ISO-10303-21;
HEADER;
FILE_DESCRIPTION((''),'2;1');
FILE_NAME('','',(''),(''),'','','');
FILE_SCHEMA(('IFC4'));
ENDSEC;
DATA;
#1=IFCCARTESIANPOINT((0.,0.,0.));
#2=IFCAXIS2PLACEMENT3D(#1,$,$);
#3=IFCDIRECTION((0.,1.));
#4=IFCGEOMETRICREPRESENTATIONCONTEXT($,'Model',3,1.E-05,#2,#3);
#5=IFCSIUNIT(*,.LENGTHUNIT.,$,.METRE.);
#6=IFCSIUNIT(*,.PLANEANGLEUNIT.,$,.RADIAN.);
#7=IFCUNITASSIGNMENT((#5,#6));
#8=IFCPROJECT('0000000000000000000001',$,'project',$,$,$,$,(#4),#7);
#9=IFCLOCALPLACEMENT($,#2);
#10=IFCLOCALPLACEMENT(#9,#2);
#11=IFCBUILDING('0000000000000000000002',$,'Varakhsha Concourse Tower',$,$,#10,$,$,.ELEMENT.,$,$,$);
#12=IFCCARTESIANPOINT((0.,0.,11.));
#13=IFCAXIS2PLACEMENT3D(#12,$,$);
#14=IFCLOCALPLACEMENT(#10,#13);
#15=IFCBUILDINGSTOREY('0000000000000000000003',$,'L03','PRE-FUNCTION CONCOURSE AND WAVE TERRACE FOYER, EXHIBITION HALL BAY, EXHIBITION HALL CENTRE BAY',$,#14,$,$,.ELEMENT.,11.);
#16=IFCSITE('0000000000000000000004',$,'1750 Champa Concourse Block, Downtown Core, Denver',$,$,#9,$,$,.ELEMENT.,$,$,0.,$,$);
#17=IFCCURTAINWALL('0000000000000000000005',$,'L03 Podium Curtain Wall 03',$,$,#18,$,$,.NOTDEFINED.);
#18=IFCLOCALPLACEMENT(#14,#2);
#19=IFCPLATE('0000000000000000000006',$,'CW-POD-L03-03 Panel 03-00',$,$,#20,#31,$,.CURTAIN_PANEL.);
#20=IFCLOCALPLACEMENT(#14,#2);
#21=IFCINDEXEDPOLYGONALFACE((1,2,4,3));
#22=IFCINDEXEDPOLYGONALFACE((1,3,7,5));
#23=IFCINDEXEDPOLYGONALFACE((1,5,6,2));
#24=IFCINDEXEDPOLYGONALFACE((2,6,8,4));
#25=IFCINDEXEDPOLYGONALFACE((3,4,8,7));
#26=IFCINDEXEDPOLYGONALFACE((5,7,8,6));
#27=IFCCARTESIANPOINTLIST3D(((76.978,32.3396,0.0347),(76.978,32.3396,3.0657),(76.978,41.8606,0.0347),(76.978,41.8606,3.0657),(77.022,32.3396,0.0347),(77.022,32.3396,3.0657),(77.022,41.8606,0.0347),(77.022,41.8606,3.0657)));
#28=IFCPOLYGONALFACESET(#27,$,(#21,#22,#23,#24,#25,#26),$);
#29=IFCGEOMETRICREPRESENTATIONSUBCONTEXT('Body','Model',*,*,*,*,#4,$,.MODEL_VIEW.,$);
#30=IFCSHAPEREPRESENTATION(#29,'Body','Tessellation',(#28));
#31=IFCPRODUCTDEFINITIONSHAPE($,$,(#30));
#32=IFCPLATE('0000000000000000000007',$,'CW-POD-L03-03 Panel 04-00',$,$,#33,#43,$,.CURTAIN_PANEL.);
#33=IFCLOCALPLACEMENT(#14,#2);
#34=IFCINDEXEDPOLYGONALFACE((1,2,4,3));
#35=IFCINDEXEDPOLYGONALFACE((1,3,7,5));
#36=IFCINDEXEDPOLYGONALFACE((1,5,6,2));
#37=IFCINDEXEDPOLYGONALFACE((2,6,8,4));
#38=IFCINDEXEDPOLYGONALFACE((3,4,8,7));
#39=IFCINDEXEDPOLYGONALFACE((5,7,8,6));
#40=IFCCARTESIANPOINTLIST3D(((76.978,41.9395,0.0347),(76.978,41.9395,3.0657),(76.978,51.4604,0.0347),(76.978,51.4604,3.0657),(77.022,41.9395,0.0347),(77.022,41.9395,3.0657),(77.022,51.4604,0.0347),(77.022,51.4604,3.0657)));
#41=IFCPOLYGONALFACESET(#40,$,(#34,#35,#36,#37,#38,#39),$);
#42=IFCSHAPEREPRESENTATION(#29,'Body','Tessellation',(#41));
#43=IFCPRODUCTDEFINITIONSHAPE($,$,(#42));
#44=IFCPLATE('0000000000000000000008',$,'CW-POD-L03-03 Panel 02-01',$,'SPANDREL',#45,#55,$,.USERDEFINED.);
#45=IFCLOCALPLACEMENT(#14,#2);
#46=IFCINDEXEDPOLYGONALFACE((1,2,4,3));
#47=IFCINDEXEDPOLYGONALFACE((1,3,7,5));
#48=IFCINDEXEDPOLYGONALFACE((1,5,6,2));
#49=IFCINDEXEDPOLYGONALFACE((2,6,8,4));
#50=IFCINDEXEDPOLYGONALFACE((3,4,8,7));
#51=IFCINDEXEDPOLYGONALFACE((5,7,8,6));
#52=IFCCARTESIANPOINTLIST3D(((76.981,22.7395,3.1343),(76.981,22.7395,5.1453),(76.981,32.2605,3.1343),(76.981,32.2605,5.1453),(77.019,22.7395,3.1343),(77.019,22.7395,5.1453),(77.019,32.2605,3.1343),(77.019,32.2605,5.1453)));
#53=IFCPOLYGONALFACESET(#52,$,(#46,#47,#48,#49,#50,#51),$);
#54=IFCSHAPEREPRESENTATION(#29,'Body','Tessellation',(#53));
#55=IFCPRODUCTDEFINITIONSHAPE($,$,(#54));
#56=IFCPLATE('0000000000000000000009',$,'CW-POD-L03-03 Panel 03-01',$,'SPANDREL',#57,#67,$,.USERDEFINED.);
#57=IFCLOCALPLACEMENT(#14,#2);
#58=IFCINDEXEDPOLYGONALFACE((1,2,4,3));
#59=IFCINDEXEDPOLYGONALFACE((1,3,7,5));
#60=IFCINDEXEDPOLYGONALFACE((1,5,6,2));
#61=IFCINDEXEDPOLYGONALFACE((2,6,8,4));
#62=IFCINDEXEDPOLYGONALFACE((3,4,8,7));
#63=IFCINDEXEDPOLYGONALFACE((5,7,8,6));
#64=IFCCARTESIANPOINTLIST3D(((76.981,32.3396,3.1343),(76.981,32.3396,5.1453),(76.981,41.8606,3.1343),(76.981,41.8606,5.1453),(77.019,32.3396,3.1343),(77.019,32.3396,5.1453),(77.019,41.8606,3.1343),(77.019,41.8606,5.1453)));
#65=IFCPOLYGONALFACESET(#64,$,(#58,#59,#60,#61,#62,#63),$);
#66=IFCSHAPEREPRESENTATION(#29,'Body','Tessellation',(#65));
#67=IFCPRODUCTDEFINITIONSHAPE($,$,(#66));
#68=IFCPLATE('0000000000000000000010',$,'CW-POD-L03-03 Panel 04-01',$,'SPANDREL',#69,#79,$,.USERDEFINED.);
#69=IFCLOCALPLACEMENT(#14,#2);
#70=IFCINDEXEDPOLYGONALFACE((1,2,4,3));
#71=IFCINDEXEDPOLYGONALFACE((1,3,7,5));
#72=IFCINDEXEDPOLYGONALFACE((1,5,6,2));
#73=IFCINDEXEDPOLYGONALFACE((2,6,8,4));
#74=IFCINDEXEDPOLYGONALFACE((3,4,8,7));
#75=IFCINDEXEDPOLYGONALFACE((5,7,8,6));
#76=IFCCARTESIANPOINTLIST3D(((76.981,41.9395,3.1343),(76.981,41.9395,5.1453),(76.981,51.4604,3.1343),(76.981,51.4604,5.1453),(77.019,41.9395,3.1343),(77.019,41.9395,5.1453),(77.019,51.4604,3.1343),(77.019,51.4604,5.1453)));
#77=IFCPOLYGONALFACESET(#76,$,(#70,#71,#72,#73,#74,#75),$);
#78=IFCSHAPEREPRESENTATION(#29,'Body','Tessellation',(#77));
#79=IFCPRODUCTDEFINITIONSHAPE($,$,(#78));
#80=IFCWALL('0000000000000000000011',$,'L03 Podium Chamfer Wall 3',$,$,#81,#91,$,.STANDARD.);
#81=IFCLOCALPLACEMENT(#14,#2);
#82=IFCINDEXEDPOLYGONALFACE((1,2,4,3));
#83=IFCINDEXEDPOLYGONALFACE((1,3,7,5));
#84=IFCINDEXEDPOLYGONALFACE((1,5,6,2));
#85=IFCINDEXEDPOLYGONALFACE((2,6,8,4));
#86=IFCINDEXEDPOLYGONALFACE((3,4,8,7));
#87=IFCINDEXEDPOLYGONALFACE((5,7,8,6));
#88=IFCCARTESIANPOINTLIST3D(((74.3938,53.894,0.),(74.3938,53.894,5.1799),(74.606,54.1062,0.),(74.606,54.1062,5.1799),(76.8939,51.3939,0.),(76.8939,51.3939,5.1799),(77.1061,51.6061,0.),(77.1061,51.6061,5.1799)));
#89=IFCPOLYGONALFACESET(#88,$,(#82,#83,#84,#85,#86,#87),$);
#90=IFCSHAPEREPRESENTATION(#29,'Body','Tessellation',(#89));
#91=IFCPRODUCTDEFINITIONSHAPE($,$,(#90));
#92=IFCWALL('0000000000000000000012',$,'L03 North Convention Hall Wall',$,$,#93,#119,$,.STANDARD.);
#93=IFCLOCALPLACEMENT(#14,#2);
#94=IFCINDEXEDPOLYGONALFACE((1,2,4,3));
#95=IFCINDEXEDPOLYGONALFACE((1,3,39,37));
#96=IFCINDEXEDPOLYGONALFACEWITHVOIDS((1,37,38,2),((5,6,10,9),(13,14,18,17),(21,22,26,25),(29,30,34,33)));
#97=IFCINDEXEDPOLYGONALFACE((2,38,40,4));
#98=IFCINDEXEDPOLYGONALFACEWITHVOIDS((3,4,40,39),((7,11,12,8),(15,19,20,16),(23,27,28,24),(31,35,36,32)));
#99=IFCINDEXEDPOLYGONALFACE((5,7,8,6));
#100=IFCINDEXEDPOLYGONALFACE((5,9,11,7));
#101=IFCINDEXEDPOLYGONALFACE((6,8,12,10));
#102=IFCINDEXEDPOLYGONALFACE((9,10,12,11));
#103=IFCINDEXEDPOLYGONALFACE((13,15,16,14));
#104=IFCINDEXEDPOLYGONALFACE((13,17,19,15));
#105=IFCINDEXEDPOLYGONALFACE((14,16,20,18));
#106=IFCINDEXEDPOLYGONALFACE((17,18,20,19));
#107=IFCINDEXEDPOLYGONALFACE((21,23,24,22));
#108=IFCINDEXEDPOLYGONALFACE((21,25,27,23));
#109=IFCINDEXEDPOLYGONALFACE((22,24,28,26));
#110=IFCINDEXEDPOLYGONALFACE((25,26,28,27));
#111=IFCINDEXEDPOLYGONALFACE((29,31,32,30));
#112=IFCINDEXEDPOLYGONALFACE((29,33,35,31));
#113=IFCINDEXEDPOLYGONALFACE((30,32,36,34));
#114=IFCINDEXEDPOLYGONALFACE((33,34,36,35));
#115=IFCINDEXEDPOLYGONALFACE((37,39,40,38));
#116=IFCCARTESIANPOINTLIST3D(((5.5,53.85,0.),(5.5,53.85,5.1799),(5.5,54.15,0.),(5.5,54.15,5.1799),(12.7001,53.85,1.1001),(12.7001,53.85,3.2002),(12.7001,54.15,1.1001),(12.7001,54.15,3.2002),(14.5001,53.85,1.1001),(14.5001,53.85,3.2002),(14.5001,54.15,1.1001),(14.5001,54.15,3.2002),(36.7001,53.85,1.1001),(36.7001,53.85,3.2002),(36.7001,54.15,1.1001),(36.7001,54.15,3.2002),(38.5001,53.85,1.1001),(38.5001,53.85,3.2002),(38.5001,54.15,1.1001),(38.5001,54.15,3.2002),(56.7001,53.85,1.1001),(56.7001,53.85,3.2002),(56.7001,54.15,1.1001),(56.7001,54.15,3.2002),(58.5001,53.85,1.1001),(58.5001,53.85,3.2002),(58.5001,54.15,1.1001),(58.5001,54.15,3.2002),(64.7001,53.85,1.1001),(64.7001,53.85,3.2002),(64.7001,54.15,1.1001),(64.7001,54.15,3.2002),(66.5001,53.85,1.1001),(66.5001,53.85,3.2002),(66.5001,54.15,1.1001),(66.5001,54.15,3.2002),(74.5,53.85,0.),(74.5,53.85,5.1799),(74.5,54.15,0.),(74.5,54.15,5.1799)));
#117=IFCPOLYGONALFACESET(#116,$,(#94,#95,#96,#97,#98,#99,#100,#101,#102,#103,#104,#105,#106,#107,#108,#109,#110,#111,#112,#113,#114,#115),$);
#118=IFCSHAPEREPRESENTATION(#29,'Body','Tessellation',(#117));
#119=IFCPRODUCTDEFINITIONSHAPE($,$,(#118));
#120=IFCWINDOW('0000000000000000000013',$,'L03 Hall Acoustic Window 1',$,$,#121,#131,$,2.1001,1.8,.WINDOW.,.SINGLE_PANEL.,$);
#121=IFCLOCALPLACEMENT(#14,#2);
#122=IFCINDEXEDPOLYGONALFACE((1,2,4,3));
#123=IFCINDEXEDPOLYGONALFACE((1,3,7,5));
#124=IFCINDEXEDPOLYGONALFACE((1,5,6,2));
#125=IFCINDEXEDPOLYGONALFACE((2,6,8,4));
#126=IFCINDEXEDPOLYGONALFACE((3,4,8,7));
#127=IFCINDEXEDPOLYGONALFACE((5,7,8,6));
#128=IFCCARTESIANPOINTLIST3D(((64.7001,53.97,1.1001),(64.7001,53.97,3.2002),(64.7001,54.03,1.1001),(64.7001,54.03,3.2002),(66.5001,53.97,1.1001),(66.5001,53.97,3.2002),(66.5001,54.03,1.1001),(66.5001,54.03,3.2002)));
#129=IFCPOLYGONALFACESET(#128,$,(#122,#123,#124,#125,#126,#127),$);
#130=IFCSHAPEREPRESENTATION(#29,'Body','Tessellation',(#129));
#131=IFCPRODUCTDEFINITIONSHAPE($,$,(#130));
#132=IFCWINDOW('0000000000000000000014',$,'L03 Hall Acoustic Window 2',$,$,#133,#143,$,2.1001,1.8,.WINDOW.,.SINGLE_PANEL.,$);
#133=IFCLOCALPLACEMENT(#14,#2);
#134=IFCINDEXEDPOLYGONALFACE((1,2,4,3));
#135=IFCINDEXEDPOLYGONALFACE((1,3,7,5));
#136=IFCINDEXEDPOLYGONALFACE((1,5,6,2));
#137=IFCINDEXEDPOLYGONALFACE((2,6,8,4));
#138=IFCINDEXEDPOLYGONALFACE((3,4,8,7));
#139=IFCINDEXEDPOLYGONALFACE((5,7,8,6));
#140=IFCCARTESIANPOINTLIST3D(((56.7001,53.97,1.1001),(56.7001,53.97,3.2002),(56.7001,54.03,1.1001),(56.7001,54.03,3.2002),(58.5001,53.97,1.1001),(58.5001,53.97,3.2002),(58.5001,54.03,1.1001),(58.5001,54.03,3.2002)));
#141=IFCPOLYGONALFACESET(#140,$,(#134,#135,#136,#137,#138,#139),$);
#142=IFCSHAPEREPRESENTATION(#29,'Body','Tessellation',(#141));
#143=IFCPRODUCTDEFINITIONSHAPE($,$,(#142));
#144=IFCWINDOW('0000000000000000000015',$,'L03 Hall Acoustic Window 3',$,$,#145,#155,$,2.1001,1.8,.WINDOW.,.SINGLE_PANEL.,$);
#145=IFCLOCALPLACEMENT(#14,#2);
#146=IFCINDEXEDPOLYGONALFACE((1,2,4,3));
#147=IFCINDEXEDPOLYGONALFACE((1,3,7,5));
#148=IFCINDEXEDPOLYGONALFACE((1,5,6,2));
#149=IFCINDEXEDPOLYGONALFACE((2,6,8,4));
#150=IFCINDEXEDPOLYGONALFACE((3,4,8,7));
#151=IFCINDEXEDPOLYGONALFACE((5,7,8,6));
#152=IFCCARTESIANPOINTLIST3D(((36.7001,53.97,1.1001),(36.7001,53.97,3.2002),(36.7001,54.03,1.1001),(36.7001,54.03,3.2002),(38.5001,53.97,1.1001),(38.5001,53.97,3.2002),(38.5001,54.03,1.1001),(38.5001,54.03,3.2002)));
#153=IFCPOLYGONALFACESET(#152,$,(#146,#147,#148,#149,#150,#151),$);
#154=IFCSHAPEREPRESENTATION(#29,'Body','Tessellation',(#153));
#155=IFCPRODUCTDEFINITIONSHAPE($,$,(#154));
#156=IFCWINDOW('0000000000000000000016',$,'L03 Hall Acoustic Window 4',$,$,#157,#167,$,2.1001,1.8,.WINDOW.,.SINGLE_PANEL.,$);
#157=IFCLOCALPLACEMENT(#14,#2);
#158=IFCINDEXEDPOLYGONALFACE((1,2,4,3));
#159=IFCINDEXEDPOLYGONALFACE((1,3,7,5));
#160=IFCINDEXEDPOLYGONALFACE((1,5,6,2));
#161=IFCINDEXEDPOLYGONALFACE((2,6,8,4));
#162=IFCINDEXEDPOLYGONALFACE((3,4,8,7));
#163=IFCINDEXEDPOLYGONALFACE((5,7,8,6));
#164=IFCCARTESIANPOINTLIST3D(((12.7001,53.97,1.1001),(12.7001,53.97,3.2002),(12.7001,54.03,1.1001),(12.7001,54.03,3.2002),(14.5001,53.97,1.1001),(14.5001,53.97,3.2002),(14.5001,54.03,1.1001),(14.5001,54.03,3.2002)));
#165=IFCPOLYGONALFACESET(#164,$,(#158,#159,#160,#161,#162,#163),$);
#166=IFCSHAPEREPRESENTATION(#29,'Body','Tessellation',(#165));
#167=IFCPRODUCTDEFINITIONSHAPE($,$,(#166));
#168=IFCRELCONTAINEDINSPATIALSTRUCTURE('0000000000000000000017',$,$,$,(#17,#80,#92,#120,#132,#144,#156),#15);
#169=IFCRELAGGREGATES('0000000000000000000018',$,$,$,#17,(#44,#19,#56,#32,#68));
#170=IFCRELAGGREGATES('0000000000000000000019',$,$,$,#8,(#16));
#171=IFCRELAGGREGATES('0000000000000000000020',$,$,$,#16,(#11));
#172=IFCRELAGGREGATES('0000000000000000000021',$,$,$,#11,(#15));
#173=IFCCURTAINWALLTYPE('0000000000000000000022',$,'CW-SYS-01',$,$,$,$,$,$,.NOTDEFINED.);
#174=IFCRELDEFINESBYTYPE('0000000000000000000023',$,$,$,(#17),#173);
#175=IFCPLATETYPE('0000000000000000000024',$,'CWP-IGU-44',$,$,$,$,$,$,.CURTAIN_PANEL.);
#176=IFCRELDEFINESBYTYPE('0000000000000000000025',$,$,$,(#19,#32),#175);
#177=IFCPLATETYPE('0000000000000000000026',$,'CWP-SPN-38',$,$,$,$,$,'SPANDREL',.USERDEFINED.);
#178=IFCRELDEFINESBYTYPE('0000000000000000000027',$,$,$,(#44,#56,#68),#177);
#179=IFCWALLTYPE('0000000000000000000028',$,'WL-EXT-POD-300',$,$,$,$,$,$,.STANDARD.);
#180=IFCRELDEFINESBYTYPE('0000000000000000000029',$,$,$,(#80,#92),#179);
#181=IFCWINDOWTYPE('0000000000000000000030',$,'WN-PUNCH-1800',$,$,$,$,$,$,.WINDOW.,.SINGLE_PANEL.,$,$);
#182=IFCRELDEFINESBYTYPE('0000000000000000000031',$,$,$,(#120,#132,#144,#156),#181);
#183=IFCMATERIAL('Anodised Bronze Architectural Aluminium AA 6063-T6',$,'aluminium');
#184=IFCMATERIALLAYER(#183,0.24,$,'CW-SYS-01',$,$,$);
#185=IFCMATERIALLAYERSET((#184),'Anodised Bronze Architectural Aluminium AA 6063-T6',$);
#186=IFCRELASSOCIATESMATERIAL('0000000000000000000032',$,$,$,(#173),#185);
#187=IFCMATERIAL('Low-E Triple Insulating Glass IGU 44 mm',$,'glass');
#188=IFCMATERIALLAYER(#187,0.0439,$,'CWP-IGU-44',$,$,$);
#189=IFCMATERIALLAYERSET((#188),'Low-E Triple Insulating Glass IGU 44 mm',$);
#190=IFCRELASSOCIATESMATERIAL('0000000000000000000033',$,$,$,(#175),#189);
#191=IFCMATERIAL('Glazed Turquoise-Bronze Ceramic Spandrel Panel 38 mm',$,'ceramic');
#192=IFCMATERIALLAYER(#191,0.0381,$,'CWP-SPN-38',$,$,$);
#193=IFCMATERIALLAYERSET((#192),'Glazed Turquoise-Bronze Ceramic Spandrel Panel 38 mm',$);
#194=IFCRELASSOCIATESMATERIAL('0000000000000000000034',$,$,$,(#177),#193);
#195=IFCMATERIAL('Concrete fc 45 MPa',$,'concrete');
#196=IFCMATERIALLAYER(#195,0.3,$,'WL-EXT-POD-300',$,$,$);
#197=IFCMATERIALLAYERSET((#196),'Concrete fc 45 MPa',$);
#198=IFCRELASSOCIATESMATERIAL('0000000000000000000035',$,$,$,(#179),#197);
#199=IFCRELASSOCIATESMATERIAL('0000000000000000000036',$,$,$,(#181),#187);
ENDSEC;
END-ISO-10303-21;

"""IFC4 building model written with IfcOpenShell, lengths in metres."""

from ifc_helpers import new_model, si_unit, direction, frame, frame_2d, origin, origin_2d, place, context, subcontext, project, spatial, rectangle, extrude, source, transform, mapped, material, layer, layer_set, type_object, type_shapes, element, fill, aggregate, save


model = new_model("IFC4")

# Units and contexts
model_context = context("Model", 3, precision=1e-05, world=origin(), true_north=direction((0.0, 1.0)))
body_context = subcontext(model_context, "Body", "Model", "MODEL_VIEW")
ifc_project = project(units=[si_unit("LENGTHUNIT", "METRE"), si_unit("PLANEANGLEUNIT", "RADIAN")], contexts=[model_context])

# Site, building, storey
site_placement = place(None, origin())
site = spatial("IfcSite", under=ifc_project, at=site_placement, Name="1750 Champa Concourse Block, Downtown Core, Denver", CompositionType="ELEMENT", RefElevation=0.0)
building_placement = place(site_placement, origin())
building = spatial("IfcBuilding", under=site, at=building_placement, Name="Varakhsha Concourse Tower", CompositionType="ELEMENT")
storey_placement = place(building_placement, frame((0.0, 0.0, 11.0)))
storey = spatial("IfcBuildingStorey", under=building, at=storey_placement, Name="L03", Description="PRE-FUNCTION CONCOURSE AND WAVE TERRACE FOYER, EXHIBITION HALL BAY, EXHIBITION HALL CENTRE BAY", CompositionType="ELEMENT", Elevation=11.0)

# Curtain wall, plates
ifc_material_1 = material(Name="Anodised Bronze Architectural Aluminium AA 6063-T6", Category="aluminium")
ifc_layer_1 = layer(ifc_material_1, 0.24, Name="CW-SYS-01")
ifc_layer_set_1 = layer_set([ifc_layer_1], Name="Anodised Bronze Architectural Aluminium AA 6063-T6")
curtain_wall_type = type_object("IfcCurtainWallType", Name="CW-SYS-01", PredefinedType="NOTDEFINED", material=ifc_layer_set_1)
curtain_wall_placement = place(storey_placement, origin())
curtain_wall = element("IfcCurtainWall", 1, at=curtain_wall_placement, inside=storey, type_object=curtain_wall_type, Name="L03 Podium Curtain Wall 03", PredefinedType="NOTDEFINED")
ifc_material_2 = material(Name="Low-E Triple Insulating Glass IGU 44 mm", Category="glass")
ifc_layer_2 = layer(ifc_material_2, 0.0439, Name="CWP-IGU-44")
ifc_layer_set_2 = layer_set([ifc_layer_2], Name="Low-E Triple Insulating Glass IGU 44 mm")
plate_type_1 = type_object("IfcPlateType", Name="CWP-IGU-44", PredefinedType="CURTAIN_PANEL", material=ifc_layer_set_2)
shared_shape_1 = source(origin(), body_context, "Body", "SweptSolid", [
    extrude(rectangle(XDim=9.521, YDim=0.0439, at=origin_2d()), origin(), (0.0, 0.0, 1.0), 3.031),
])
type_shapes(plate_type_1, [shared_shape_1])
plate_1_placement = place(storey_placement, frame((77.0, 37.1001, 0.0347), z_axis=(0.0, 0.0, 1.0), x_axis=(0.0, 1.0, 0.0)))
plate_1 = element("IfcPlate", 2, at=plate_1_placement, type_object=plate_type_1, Name="CW-POD-L03-03 Panel 03-00", PredefinedType="CURTAIN_PANEL", context=body_context, shape_type="MappedRepresentation", body=[
    mapped(shared_shape_1, transform((0.0, 0.0, 0.0), scale=1.0)),
])
plate_2_placement = place(storey_placement, frame((77.0, 46.7, 0.0347), z_axis=(0.0, 0.0, 1.0), x_axis=(0.0, 1.0, 0.0)))
plate_2 = element("IfcPlate", 3, at=plate_2_placement, type_object=plate_type_1, Name="CW-POD-L03-03 Panel 04-00", PredefinedType="CURTAIN_PANEL", context=body_context, shape_type="MappedRepresentation", body=[
    mapped(shared_shape_1, transform((0.0, 0.0, 0.0), scale=1.0)),
])
ifc_material_3 = material(Name="Glazed Turquoise-Bronze Ceramic Spandrel Panel 38 mm", Category="ceramic")
ifc_layer_3 = layer(ifc_material_3, 0.0381, Name="CWP-SPN-38")
ifc_layer_set_3 = layer_set([ifc_layer_3], Name="Glazed Turquoise-Bronze Ceramic Spandrel Panel 38 mm")
plate_type_2 = type_object("IfcPlateType", Name="CWP-SPN-38", ElementType="SPANDREL", PredefinedType="USERDEFINED", material=ifc_layer_set_3)
shared_shape_2 = source(origin(), body_context, "Body", "SweptSolid", [
    extrude(rectangle(XDim=9.521, YDim=0.0381, at=origin_2d()), origin(), (0.0, 0.0, 1.0), 2.011),
])
type_shapes(plate_type_2, [shared_shape_2])
plate_3_placement = place(storey_placement, frame((77.0, 27.5, 3.1343), z_axis=(0.0, 0.0, 1.0), x_axis=(0.0, 1.0, 0.0)))
plate_3 = element("IfcPlate", 4, at=plate_3_placement, type_object=plate_type_2, Name="CW-POD-L03-03 Panel 02-01", ObjectType="SPANDREL", PredefinedType="USERDEFINED", context=body_context, shape_type="MappedRepresentation", body=[
    mapped(shared_shape_2, transform((0.0, 0.0, 0.0), scale=1.0)),
])
plate_4_placement = place(storey_placement, frame((77.0, 37.1001, 3.1343), z_axis=(0.0, 0.0, 1.0), x_axis=(0.0, 1.0, 0.0)))
plate_4 = element("IfcPlate", 5, at=plate_4_placement, type_object=plate_type_2, Name="CW-POD-L03-03 Panel 03-01", ObjectType="SPANDREL", PredefinedType="USERDEFINED", context=body_context, shape_type="MappedRepresentation", body=[
    mapped(shared_shape_2, transform((0.0, 0.0, 0.0), scale=1.0)),
])
plate_5_placement = place(storey_placement, frame((77.0, 46.7, 3.1343), z_axis=(0.0, 0.0, 1.0), x_axis=(0.0, 1.0, 0.0)))
plate_5 = element("IfcPlate", 6, at=plate_5_placement, type_object=plate_type_2, Name="CW-POD-L03-03 Panel 04-01", ObjectType="SPANDREL", PredefinedType="USERDEFINED", context=body_context, shape_type="MappedRepresentation", body=[
    mapped(shared_shape_2, transform((0.0, 0.0, 0.0), scale=1.0)),
])
aggregate(curtain_wall, [plate_3, plate_1, plate_4, plate_2, plate_5])

# Wall
ifc_material_4 = material(Name="Concrete fc 45 MPa", Category="concrete")
ifc_layer_4 = layer(ifc_material_4, 0.3, Name="WL-EXT-POD-300")
ifc_layer_set_4 = layer_set([ifc_layer_4], Name="Concrete fc 45 MPa")
wall_type_1 = type_object("IfcWallType", Name="WL-EXT-POD-300", PredefinedType="STANDARD", material=ifc_layer_set_4)
wall_1_placement = place(storey_placement, frame((77.0, 51.5, 0.0), z_axis=(0.0, 0.0, 1.0), x_axis=(-0.707107, 0.707107, 0.0)))
element("IfcWall", 7, at=wall_1_placement, inside=storey, type_object=wall_type_1, Name="L03 Podium Chamfer Wall 3", PredefinedType="STANDARD", context=body_context, shape_type="SweptSolid", body=[
    extrude(rectangle(XDim=3.5356, YDim=0.3, at=frame_2d((1.7678, 0.0))), origin(), (0.0, 0.0, 1.0), 5.1799),
])

# Wall, openings, windows
wall_2_placement = place(storey_placement, frame((74.5, 54.0, 0.0), z_axis=(0.0, 0.0, 1.0), x_axis=(-1.0, 0.0, 0.0)))
wall_2 = element("IfcWall", 8, at=wall_2_placement, inside=storey, type_object=wall_type_1, Name="L03 North Convention Hall Wall", PredefinedType="STANDARD", context=body_context, shape_type="SweptSolid", body=[
    extrude(rectangle(XDim=69.0, YDim=0.3, at=frame_2d((34.5, 0.0))), origin(), (0.0, 0.0, 1.0), 5.1799),
])
opening_1_placement = place(wall_2_placement, frame((8.0, 0.0, 1.1001)))
opening_1 = element("IfcOpeningElement", 9, at=opening_1_placement, cuts=wall_2, PredefinedType="OPENING", context=body_context, shape_type="SweptSolid", body=[
    extrude(rectangle(XDim=1.8, YDim=2.1001, at=frame_2d((0.8999, 1.05))), frame((0.0, 0.1599, 0.0), z_axis=(0.0, -1.0, 0.0), x_axis=(1.0, 0.0, 0.0)), (0.0, 0.0, 1.0), 0.3201),
])
opening_2_placement = place(wall_2_placement, frame((16.0, 0.0, 1.1001)))
opening_2 = element("IfcOpeningElement", 10, at=opening_2_placement, cuts=wall_2, PredefinedType="OPENING", context=body_context, shape_type="SweptSolid", body=[
    extrude(rectangle(XDim=1.8, YDim=2.1001, at=frame_2d((0.8999, 1.05))), frame((0.0, 0.1599, 0.0), z_axis=(0.0, -1.0, 0.0), x_axis=(1.0, 0.0, 0.0)), (0.0, 0.0, 1.0), 0.3201),
])
opening_3_placement = place(wall_2_placement, frame((36.0, 0.0, 1.1001)))
opening_3 = element("IfcOpeningElement", 11, at=opening_3_placement, cuts=wall_2, PredefinedType="OPENING", context=body_context, shape_type="SweptSolid", body=[
    extrude(rectangle(XDim=1.8, YDim=2.1001, at=frame_2d((0.8999, 1.05))), frame((0.0, 0.1599, 0.0), z_axis=(0.0, -1.0, 0.0), x_axis=(1.0, 0.0, 0.0)), (0.0, 0.0, 1.0), 0.3201),
])
opening_4_placement = place(wall_2_placement, frame((60.0, 0.0, 1.1001)))
opening_4 = element("IfcOpeningElement", 12, at=opening_4_placement, cuts=wall_2, PredefinedType="OPENING", context=body_context, shape_type="SweptSolid", body=[
    extrude(rectangle(XDim=1.8, YDim=2.1001, at=frame_2d((0.8999, 1.05))), frame((0.0, 0.1599, 0.0), z_axis=(0.0, -1.0, 0.0), x_axis=(1.0, 0.0, 0.0)), (0.0, 0.0, 1.0), 0.3201),
])
window_type = type_object("IfcWindowType", Name="WN-PUNCH-1800", PartitioningType="SINGLE_PANEL", PredefinedType="WINDOW", material=ifc_material_2)
window_1_placement = place(opening_1_placement, origin())
window_1 = element("IfcWindow", 13, at=window_1_placement, inside=storey, type_object=window_type, Name="L03 Hall Acoustic Window 1", OverallHeight=2.1001, OverallWidth=1.8, PartitioningType="SINGLE_PANEL", PredefinedType="WINDOW", context=body_context, shape_type="SweptSolid", body=[
    extrude(rectangle(XDim=1.8, YDim=2.1001, at=frame_2d((0.8999, 1.05))), frame((0.0, 0.03, 0.0), z_axis=(0.0, -1.0, 0.0), x_axis=(1.0, 0.0, 0.0)), (0.0, 0.0, 1.0), 0.0601),
])
fill(opening_1, window_1)
window_2_placement = place(opening_2_placement, origin())
window_2 = element("IfcWindow", 14, at=window_2_placement, inside=storey, type_object=window_type, Name="L03 Hall Acoustic Window 2", OverallHeight=2.1001, OverallWidth=1.8, PartitioningType="SINGLE_PANEL", PredefinedType="WINDOW", context=body_context, shape_type="SweptSolid", body=[
    extrude(rectangle(XDim=1.8, YDim=2.1001, at=frame_2d((0.8999, 1.05))), frame((0.0, 0.03, 0.0), z_axis=(0.0, -1.0, 0.0), x_axis=(1.0, 0.0, 0.0)), (0.0, 0.0, 1.0), 0.0601),
])
fill(opening_2, window_2)
window_3_placement = place(opening_3_placement, origin())
window_3 = element("IfcWindow", 15, at=window_3_placement, inside=storey, type_object=window_type, Name="L03 Hall Acoustic Window 3", OverallHeight=2.1001, OverallWidth=1.8, PartitioningType="SINGLE_PANEL", PredefinedType="WINDOW", context=body_context, shape_type="SweptSolid", body=[
    extrude(rectangle(XDim=1.8, YDim=2.1001, at=frame_2d((0.8999, 1.05))), frame((0.0, 0.03, 0.0), z_axis=(0.0, -1.0, 0.0), x_axis=(1.0, 0.0, 0.0)), (0.0, 0.0, 1.0), 0.0601),
])
fill(opening_3, window_3)
window_4_placement = place(opening_4_placement, origin())
window_4 = element("IfcWindow", 16, at=window_4_placement, inside=storey, type_object=window_type, Name="L03 Hall Acoustic Window 4", OverallHeight=2.1001, OverallWidth=1.8, PartitioningType="SINGLE_PANEL", PredefinedType="WINDOW", context=body_context, shape_type="SweptSolid", body=[
    extrude(rectangle(XDim=1.8, YDim=2.1001, at=frame_2d((0.8999, 1.05))), frame((0.0, 0.03, 0.0), z_axis=(0.0, -1.0, 0.0), x_axis=(1.0, 0.0, 0.0)), (0.0, 0.0, 1.0), 0.0601),
])
fill(opening_4, window_4)

save(model, "model.ifc")
